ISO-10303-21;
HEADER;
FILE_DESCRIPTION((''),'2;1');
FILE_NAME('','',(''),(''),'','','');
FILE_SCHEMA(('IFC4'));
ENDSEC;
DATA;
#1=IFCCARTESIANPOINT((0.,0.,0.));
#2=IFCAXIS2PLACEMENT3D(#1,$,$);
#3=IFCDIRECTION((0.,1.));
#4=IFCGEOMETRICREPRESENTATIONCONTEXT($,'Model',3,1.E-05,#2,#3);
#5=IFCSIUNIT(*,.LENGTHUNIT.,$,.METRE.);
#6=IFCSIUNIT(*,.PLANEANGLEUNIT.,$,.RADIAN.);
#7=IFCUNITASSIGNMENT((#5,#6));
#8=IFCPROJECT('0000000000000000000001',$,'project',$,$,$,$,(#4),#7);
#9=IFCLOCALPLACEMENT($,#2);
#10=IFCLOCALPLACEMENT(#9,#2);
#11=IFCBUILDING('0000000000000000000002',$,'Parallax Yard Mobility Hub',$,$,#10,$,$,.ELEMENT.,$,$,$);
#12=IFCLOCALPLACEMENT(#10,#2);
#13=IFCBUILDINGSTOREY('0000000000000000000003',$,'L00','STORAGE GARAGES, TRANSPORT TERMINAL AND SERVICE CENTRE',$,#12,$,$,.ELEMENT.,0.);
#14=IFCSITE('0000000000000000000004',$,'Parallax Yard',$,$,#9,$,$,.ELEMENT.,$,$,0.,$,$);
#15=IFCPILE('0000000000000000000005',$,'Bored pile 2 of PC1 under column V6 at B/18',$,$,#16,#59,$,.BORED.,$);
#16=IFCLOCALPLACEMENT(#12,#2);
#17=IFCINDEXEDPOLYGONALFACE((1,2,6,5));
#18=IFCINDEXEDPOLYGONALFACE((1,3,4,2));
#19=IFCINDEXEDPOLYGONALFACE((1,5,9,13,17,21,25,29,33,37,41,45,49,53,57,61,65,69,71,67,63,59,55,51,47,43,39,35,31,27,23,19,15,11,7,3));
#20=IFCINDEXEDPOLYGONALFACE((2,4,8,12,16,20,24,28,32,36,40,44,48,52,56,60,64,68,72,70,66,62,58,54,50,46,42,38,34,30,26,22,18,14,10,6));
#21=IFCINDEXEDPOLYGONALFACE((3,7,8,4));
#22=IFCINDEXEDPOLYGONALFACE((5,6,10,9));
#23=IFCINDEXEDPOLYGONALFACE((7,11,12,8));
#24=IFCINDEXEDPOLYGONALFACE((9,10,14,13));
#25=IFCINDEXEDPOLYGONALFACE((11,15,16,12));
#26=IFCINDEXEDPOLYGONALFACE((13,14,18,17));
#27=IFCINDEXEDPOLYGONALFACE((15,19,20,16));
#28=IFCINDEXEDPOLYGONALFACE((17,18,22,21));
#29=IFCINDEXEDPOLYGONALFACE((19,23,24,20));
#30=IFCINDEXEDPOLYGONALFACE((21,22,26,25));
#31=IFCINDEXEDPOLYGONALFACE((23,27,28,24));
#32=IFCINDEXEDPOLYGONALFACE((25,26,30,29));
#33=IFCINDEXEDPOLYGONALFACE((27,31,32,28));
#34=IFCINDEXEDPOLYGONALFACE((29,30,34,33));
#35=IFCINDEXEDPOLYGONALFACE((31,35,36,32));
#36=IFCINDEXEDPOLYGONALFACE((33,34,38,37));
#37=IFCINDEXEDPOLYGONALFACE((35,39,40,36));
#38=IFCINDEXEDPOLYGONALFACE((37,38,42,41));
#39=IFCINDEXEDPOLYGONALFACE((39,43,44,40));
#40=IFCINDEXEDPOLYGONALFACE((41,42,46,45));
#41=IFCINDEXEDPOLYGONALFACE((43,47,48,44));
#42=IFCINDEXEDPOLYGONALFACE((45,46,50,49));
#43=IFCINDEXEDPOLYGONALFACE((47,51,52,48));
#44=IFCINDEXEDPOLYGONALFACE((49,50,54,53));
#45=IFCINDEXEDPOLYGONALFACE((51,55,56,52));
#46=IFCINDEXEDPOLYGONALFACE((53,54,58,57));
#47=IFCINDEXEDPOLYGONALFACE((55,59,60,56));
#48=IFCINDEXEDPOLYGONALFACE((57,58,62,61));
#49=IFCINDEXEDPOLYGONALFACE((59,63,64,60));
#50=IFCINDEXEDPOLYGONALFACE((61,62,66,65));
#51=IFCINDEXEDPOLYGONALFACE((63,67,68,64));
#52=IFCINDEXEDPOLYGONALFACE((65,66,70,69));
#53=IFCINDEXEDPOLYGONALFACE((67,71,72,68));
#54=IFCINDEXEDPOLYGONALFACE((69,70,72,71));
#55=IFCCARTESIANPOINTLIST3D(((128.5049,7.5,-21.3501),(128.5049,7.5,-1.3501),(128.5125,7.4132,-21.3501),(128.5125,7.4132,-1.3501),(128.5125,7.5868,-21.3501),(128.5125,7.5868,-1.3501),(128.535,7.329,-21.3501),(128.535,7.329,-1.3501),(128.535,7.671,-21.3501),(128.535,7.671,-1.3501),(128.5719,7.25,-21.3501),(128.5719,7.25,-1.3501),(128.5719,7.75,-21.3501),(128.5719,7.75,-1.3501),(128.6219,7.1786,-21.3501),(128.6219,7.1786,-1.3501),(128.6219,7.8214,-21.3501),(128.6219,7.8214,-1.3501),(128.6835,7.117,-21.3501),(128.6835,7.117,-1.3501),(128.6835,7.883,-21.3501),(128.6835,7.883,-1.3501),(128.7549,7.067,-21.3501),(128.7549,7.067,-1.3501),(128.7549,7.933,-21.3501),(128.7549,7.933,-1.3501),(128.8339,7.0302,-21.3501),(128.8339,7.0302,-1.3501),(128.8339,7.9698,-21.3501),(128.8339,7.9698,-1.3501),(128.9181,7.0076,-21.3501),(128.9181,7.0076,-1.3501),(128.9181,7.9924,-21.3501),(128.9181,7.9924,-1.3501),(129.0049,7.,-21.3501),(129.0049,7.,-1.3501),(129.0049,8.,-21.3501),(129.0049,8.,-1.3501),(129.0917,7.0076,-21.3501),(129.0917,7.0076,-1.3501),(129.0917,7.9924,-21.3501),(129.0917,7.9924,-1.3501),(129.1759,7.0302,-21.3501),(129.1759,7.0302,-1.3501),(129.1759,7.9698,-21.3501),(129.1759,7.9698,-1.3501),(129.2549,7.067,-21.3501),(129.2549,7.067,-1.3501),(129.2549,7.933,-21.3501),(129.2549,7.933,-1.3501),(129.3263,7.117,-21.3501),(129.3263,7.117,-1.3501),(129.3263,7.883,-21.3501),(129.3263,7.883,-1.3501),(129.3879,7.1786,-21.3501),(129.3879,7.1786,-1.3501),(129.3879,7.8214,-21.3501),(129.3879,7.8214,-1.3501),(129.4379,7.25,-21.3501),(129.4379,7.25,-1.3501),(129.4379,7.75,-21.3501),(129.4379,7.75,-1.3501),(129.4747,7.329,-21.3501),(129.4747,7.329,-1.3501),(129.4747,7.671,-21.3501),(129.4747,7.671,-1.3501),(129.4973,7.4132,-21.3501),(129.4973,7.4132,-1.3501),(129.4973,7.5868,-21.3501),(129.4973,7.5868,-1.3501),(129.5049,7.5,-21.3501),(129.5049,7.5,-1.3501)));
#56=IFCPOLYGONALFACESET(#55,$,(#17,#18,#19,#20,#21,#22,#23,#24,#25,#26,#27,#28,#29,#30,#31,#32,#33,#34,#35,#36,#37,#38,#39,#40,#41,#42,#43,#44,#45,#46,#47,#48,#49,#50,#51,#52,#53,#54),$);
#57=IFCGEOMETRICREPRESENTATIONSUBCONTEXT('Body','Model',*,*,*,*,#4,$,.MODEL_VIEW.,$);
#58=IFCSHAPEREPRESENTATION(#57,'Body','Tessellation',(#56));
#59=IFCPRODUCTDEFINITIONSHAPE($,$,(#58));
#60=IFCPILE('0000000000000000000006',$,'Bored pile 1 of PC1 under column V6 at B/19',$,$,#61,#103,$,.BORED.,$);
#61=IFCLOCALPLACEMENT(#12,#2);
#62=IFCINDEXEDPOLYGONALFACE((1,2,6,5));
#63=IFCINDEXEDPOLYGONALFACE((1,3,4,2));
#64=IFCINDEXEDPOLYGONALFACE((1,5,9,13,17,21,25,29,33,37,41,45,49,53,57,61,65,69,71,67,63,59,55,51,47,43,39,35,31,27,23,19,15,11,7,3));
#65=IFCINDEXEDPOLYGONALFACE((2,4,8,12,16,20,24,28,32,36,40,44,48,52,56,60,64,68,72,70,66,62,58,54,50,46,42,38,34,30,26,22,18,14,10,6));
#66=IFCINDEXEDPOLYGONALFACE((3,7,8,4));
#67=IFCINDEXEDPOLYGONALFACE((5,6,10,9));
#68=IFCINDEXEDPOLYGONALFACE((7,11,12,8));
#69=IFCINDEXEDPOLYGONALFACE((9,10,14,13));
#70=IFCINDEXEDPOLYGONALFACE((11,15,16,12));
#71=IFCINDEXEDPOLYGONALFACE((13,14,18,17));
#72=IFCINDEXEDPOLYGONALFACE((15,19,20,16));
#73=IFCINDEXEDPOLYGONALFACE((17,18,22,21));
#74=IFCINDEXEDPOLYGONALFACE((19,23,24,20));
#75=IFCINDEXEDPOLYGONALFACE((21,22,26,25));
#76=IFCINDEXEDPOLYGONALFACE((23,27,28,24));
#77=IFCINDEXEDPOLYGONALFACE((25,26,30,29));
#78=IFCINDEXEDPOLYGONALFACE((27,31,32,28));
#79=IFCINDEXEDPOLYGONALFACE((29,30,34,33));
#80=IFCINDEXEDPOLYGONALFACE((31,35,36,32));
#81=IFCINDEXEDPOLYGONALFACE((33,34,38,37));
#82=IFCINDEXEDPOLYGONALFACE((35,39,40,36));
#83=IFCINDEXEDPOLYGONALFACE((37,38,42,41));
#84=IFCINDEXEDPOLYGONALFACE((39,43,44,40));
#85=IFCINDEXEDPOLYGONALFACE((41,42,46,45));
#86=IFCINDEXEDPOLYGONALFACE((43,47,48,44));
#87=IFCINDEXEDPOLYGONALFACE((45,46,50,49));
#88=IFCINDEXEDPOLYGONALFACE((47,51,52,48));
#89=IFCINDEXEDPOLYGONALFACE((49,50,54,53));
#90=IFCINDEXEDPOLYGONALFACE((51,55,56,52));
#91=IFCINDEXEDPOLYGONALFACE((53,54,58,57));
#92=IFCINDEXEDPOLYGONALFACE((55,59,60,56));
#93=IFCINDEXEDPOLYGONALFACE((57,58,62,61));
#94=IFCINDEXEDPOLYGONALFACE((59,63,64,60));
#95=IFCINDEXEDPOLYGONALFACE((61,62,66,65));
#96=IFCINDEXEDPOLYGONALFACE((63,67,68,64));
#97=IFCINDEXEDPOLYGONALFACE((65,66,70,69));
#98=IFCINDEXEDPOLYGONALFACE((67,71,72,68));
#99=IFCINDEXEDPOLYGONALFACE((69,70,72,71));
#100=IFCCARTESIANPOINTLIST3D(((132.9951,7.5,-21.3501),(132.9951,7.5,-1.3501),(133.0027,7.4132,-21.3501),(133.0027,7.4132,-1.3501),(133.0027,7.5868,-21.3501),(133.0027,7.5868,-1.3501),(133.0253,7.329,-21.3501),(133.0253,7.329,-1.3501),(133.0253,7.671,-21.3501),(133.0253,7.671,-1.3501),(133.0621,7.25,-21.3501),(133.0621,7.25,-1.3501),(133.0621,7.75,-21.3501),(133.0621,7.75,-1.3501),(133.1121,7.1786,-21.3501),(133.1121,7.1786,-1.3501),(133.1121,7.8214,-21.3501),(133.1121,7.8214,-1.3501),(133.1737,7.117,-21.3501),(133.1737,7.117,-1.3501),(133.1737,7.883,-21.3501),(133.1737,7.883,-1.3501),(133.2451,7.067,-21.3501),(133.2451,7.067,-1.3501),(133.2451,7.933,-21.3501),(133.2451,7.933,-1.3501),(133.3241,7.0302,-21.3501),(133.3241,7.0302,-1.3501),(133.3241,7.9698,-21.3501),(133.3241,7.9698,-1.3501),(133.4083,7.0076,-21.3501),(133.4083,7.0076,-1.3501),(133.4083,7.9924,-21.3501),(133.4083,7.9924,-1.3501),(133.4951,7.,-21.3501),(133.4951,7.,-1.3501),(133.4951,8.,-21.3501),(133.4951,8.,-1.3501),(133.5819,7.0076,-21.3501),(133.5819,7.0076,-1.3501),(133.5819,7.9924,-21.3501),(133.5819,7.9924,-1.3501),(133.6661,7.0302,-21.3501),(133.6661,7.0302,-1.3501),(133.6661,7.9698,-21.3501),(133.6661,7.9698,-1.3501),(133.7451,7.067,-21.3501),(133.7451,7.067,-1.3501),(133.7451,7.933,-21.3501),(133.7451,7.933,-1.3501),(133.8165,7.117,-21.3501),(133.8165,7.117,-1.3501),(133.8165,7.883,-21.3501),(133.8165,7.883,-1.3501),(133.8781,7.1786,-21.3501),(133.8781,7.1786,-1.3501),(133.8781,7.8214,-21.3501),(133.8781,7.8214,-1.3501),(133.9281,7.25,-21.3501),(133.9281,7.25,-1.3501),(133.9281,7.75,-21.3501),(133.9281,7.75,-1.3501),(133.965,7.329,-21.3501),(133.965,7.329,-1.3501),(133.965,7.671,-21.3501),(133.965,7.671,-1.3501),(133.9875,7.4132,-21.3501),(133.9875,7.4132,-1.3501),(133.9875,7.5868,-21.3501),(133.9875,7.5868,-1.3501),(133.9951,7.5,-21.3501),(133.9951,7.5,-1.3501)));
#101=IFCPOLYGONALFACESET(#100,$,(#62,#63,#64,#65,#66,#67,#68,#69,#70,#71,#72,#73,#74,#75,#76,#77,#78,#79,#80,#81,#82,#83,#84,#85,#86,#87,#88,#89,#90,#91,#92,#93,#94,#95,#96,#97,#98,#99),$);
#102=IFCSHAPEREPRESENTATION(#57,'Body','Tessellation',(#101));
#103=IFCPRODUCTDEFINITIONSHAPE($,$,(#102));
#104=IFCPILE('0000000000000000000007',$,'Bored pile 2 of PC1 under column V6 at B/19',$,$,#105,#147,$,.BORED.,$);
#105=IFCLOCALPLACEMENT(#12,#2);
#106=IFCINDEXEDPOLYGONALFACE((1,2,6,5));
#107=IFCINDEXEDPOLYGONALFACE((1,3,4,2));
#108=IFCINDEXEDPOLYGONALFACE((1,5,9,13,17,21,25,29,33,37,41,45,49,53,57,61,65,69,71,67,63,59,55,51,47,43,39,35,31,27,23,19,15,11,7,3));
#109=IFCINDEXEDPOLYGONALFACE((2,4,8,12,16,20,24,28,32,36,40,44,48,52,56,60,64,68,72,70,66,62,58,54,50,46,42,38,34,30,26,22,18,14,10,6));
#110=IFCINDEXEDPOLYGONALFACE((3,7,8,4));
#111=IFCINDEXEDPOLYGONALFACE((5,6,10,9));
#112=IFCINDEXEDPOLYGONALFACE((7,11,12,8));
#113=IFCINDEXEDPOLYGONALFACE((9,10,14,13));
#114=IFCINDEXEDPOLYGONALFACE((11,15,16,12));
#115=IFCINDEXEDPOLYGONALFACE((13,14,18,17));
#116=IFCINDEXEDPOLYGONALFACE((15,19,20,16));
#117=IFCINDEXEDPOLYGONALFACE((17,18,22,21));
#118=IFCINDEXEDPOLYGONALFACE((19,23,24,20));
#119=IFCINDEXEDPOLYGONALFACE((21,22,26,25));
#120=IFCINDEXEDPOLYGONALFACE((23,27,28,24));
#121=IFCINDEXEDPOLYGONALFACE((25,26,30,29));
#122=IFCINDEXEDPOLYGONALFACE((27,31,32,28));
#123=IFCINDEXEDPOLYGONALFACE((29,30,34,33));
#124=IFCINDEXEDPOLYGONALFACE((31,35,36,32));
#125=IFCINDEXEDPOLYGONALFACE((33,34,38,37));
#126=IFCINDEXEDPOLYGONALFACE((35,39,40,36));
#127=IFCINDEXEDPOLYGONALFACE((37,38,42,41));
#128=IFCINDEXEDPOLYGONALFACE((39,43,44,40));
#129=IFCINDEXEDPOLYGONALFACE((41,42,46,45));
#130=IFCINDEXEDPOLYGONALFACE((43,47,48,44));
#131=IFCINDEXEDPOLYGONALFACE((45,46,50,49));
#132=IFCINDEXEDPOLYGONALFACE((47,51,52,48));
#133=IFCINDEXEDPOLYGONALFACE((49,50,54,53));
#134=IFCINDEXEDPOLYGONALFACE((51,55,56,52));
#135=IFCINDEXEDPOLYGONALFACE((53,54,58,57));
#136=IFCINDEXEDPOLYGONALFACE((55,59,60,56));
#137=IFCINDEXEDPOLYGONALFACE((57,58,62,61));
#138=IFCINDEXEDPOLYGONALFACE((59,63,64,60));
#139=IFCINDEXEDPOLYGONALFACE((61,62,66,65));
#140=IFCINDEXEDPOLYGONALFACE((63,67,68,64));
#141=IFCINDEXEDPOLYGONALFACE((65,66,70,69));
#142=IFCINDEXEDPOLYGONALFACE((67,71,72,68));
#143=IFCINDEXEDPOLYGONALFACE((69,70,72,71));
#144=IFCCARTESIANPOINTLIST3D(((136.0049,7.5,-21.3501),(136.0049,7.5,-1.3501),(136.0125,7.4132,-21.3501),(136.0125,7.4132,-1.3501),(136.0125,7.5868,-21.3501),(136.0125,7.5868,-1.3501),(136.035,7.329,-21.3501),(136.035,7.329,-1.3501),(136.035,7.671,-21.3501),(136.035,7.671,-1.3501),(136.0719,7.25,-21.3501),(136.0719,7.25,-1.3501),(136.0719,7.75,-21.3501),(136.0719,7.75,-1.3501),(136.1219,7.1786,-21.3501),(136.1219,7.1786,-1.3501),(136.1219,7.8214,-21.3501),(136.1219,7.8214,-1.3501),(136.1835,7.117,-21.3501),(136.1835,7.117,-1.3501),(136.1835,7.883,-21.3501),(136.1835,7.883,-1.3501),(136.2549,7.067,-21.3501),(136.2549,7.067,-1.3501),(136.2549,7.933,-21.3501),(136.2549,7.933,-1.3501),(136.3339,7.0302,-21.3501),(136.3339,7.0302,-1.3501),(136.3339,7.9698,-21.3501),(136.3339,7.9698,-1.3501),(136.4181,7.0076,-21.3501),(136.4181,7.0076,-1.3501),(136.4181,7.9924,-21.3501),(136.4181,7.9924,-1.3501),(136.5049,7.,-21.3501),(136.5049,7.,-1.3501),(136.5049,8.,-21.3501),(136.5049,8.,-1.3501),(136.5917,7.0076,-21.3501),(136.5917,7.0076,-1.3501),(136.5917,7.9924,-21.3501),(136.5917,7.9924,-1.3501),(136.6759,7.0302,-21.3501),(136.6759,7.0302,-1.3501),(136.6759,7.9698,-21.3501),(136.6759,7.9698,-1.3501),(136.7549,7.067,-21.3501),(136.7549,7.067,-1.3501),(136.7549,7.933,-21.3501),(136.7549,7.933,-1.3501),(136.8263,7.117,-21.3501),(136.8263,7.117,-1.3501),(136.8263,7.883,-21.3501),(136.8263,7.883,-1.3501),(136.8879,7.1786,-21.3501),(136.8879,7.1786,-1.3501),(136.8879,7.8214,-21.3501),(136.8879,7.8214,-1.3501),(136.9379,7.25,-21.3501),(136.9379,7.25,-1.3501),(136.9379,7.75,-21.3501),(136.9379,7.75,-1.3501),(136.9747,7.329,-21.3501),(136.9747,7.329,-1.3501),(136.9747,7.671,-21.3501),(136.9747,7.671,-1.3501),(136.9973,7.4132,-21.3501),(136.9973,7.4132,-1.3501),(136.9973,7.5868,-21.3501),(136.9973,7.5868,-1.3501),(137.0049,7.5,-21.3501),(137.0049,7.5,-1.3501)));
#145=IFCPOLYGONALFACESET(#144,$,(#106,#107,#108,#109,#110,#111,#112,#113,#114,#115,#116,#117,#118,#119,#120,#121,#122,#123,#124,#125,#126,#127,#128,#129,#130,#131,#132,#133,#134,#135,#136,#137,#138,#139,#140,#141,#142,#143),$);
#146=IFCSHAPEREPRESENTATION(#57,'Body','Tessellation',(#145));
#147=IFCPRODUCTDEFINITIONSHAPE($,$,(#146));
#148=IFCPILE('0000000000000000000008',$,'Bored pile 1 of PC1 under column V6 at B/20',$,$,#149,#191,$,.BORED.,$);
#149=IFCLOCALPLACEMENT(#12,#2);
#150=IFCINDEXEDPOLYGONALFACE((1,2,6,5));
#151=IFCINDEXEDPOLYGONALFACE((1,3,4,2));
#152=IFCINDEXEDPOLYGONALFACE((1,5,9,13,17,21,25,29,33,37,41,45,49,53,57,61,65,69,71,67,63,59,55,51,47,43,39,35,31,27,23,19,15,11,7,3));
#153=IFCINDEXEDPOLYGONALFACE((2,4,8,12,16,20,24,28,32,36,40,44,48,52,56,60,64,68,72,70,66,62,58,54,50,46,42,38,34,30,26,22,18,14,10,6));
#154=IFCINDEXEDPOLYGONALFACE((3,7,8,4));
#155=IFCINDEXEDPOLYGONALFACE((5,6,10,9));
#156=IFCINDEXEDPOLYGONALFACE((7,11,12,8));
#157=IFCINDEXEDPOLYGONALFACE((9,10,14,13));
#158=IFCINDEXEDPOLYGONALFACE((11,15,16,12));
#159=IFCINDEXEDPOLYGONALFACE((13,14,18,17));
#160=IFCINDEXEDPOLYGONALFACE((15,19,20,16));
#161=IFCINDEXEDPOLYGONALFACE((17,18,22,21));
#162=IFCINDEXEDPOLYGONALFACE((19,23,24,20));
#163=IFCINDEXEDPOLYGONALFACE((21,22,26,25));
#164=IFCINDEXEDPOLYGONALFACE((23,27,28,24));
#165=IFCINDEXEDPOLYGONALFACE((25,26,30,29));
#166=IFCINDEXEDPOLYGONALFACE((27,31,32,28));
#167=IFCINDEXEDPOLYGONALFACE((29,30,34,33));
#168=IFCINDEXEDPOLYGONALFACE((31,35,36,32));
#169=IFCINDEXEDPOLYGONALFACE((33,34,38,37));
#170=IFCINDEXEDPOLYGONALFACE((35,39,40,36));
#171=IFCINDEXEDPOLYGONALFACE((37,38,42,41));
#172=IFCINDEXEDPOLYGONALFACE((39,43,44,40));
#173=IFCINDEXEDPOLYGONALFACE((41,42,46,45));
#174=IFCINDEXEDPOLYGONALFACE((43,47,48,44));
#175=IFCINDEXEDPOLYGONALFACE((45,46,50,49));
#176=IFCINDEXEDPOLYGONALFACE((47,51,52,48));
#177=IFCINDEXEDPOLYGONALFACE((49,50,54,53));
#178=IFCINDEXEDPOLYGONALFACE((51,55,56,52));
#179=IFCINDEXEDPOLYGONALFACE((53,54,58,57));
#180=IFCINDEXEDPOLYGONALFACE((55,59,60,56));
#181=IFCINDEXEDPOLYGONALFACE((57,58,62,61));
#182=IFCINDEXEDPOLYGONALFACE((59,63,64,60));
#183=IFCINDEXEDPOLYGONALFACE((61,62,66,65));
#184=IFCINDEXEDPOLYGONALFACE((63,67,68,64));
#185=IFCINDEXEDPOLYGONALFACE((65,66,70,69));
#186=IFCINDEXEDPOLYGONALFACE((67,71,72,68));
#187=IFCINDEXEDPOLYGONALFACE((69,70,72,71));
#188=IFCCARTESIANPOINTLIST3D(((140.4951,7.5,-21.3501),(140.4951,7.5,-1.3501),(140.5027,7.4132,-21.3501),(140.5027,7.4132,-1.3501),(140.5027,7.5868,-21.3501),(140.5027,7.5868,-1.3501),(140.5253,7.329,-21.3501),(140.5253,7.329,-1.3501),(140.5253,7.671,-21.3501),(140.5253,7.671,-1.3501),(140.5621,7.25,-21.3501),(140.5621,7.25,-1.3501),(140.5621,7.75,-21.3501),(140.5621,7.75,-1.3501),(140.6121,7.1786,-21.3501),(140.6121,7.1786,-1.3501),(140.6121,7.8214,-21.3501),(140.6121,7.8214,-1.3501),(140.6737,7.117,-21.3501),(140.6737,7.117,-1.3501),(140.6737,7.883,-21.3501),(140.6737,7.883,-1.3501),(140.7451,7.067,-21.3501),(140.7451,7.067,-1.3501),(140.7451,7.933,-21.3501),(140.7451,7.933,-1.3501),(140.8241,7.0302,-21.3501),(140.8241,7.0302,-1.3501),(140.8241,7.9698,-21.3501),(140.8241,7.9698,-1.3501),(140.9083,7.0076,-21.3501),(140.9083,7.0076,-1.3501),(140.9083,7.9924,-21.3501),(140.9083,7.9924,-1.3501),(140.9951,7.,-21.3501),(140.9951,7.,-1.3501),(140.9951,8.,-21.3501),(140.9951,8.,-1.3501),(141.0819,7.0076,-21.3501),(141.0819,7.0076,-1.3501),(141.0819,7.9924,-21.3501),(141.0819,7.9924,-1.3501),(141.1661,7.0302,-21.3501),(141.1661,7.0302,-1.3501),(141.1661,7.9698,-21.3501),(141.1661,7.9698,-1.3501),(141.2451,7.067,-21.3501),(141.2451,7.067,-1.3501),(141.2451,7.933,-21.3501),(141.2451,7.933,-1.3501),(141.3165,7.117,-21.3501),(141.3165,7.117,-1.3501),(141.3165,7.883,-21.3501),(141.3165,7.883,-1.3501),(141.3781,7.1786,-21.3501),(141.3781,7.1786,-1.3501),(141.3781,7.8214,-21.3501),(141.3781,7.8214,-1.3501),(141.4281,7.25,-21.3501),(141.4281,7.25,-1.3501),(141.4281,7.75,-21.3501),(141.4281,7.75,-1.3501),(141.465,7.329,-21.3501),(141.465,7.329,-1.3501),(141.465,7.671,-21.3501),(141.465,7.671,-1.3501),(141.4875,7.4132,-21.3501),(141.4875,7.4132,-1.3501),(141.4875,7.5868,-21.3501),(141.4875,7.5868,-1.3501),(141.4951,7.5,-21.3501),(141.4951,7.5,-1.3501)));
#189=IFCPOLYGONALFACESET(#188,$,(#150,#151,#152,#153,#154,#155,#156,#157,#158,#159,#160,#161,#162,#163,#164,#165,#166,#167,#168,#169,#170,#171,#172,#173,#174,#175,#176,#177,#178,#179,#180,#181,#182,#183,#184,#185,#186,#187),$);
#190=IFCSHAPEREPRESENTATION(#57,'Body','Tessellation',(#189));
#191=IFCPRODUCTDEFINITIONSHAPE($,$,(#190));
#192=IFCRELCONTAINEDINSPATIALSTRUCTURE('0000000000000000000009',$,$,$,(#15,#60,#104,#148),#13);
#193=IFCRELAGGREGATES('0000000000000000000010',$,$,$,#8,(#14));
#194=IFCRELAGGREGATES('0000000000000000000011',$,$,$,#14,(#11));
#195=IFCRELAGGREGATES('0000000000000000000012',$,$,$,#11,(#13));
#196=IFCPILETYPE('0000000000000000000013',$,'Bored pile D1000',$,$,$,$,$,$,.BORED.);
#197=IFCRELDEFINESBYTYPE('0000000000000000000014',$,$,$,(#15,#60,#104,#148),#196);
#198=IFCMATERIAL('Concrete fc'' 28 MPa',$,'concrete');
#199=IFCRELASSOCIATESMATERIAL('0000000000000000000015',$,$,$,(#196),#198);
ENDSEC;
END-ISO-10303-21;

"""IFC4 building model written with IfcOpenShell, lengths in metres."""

from ifc_helpers import new_model, si_unit, direction, frame, origin, origin_2d, place, context, subcontext, project, spatial, circle, extrude, material, material_profile, profile_set, type_object, element, save


model = new_model("IFC4")

# Units and contexts
model_context = context("Model", 3, precision=1e-05, world=origin(), true_north=direction((0.0, 1.0)))
body_context = subcontext(model_context, "Body", "Model", "MODEL_VIEW")
ifc_project = project(units=[si_unit("LENGTHUNIT", "METRE"), si_unit("PLANEANGLEUNIT", "RADIAN")], contexts=[model_context])

# Site, building, storey
site_placement = place(None, origin())
site = spatial("IfcSite", under=ifc_project, at=site_placement, Name="Parallax Yard", CompositionType="ELEMENT", RefElevation=0.0)
building_placement = place(site_placement, origin())
building = spatial("IfcBuilding", under=site, at=building_placement, Name="Parallax Yard Mobility Hub", CompositionType="ELEMENT")
storey_placement = place(building_placement, origin())
storey = spatial("IfcBuildingStorey", under=building, at=storey_placement, Name="L00", Description="STORAGE GARAGES, TRANSPORT TERMINAL AND SERVICE CENTRE", CompositionType="ELEMENT", Elevation=0.0)

# Piles
ifc_material_1 = material(Name="Concrete fc' 28 MPa", Category="concrete")
ifc_material_profile_1 = material_profile(ifc_material_1, circle(Radius=0.5, at=origin_2d()), Name="Bored pile D1000")
ifc_profile_set_1 = profile_set([ifc_material_profile_1], Name="Concrete fc' 28 MPa")
pile_type = type_object("IfcPileType", Name="Bored pile D1000", PredefinedType="BORED", material=ifc_profile_set_1)
for number, where, z_axis, x_axis, name in (
    (1, (129.0049, 7.5, -1.3501), (0.0, 0.0, -1.0), (1.0, 0.0, 0.0), "Bored pile 2 of PC1 under column V6 at B/18"),
    (2, (133.4951, 7.5, -1.3501), (0.0, 0.0, -1.0), (1.0, 0.0, 0.0), "Bored pile 1 of PC1 under column V6 at B/19"),
    (3, (136.5049, 7.5, -1.3501), (0.0, 0.0, -1.0), (1.0, 0.0, 0.0), "Bored pile 2 of PC1 under column V6 at B/19"),
    (4, (140.9951, 7.5, -1.3501), (0.0, 0.0, -1.0), (1.0, 0.0, 0.0), "Bored pile 1 of PC1 under column V6 at B/20"),
):
    element("IfcPile", number, at=place(storey_placement, frame(where, z_axis=z_axis, x_axis=x_axis)), inside=storey, type_object=pile_type, Name=name, PredefinedType="BORED", context=body_context, shape_type="SweptSolid", body=[
        extrude(circle(Radius=0.5, at=origin_2d()), origin(), (0.0, 0.0, 1.0), 20.0),
    ])

save(model, "model.ifc")
